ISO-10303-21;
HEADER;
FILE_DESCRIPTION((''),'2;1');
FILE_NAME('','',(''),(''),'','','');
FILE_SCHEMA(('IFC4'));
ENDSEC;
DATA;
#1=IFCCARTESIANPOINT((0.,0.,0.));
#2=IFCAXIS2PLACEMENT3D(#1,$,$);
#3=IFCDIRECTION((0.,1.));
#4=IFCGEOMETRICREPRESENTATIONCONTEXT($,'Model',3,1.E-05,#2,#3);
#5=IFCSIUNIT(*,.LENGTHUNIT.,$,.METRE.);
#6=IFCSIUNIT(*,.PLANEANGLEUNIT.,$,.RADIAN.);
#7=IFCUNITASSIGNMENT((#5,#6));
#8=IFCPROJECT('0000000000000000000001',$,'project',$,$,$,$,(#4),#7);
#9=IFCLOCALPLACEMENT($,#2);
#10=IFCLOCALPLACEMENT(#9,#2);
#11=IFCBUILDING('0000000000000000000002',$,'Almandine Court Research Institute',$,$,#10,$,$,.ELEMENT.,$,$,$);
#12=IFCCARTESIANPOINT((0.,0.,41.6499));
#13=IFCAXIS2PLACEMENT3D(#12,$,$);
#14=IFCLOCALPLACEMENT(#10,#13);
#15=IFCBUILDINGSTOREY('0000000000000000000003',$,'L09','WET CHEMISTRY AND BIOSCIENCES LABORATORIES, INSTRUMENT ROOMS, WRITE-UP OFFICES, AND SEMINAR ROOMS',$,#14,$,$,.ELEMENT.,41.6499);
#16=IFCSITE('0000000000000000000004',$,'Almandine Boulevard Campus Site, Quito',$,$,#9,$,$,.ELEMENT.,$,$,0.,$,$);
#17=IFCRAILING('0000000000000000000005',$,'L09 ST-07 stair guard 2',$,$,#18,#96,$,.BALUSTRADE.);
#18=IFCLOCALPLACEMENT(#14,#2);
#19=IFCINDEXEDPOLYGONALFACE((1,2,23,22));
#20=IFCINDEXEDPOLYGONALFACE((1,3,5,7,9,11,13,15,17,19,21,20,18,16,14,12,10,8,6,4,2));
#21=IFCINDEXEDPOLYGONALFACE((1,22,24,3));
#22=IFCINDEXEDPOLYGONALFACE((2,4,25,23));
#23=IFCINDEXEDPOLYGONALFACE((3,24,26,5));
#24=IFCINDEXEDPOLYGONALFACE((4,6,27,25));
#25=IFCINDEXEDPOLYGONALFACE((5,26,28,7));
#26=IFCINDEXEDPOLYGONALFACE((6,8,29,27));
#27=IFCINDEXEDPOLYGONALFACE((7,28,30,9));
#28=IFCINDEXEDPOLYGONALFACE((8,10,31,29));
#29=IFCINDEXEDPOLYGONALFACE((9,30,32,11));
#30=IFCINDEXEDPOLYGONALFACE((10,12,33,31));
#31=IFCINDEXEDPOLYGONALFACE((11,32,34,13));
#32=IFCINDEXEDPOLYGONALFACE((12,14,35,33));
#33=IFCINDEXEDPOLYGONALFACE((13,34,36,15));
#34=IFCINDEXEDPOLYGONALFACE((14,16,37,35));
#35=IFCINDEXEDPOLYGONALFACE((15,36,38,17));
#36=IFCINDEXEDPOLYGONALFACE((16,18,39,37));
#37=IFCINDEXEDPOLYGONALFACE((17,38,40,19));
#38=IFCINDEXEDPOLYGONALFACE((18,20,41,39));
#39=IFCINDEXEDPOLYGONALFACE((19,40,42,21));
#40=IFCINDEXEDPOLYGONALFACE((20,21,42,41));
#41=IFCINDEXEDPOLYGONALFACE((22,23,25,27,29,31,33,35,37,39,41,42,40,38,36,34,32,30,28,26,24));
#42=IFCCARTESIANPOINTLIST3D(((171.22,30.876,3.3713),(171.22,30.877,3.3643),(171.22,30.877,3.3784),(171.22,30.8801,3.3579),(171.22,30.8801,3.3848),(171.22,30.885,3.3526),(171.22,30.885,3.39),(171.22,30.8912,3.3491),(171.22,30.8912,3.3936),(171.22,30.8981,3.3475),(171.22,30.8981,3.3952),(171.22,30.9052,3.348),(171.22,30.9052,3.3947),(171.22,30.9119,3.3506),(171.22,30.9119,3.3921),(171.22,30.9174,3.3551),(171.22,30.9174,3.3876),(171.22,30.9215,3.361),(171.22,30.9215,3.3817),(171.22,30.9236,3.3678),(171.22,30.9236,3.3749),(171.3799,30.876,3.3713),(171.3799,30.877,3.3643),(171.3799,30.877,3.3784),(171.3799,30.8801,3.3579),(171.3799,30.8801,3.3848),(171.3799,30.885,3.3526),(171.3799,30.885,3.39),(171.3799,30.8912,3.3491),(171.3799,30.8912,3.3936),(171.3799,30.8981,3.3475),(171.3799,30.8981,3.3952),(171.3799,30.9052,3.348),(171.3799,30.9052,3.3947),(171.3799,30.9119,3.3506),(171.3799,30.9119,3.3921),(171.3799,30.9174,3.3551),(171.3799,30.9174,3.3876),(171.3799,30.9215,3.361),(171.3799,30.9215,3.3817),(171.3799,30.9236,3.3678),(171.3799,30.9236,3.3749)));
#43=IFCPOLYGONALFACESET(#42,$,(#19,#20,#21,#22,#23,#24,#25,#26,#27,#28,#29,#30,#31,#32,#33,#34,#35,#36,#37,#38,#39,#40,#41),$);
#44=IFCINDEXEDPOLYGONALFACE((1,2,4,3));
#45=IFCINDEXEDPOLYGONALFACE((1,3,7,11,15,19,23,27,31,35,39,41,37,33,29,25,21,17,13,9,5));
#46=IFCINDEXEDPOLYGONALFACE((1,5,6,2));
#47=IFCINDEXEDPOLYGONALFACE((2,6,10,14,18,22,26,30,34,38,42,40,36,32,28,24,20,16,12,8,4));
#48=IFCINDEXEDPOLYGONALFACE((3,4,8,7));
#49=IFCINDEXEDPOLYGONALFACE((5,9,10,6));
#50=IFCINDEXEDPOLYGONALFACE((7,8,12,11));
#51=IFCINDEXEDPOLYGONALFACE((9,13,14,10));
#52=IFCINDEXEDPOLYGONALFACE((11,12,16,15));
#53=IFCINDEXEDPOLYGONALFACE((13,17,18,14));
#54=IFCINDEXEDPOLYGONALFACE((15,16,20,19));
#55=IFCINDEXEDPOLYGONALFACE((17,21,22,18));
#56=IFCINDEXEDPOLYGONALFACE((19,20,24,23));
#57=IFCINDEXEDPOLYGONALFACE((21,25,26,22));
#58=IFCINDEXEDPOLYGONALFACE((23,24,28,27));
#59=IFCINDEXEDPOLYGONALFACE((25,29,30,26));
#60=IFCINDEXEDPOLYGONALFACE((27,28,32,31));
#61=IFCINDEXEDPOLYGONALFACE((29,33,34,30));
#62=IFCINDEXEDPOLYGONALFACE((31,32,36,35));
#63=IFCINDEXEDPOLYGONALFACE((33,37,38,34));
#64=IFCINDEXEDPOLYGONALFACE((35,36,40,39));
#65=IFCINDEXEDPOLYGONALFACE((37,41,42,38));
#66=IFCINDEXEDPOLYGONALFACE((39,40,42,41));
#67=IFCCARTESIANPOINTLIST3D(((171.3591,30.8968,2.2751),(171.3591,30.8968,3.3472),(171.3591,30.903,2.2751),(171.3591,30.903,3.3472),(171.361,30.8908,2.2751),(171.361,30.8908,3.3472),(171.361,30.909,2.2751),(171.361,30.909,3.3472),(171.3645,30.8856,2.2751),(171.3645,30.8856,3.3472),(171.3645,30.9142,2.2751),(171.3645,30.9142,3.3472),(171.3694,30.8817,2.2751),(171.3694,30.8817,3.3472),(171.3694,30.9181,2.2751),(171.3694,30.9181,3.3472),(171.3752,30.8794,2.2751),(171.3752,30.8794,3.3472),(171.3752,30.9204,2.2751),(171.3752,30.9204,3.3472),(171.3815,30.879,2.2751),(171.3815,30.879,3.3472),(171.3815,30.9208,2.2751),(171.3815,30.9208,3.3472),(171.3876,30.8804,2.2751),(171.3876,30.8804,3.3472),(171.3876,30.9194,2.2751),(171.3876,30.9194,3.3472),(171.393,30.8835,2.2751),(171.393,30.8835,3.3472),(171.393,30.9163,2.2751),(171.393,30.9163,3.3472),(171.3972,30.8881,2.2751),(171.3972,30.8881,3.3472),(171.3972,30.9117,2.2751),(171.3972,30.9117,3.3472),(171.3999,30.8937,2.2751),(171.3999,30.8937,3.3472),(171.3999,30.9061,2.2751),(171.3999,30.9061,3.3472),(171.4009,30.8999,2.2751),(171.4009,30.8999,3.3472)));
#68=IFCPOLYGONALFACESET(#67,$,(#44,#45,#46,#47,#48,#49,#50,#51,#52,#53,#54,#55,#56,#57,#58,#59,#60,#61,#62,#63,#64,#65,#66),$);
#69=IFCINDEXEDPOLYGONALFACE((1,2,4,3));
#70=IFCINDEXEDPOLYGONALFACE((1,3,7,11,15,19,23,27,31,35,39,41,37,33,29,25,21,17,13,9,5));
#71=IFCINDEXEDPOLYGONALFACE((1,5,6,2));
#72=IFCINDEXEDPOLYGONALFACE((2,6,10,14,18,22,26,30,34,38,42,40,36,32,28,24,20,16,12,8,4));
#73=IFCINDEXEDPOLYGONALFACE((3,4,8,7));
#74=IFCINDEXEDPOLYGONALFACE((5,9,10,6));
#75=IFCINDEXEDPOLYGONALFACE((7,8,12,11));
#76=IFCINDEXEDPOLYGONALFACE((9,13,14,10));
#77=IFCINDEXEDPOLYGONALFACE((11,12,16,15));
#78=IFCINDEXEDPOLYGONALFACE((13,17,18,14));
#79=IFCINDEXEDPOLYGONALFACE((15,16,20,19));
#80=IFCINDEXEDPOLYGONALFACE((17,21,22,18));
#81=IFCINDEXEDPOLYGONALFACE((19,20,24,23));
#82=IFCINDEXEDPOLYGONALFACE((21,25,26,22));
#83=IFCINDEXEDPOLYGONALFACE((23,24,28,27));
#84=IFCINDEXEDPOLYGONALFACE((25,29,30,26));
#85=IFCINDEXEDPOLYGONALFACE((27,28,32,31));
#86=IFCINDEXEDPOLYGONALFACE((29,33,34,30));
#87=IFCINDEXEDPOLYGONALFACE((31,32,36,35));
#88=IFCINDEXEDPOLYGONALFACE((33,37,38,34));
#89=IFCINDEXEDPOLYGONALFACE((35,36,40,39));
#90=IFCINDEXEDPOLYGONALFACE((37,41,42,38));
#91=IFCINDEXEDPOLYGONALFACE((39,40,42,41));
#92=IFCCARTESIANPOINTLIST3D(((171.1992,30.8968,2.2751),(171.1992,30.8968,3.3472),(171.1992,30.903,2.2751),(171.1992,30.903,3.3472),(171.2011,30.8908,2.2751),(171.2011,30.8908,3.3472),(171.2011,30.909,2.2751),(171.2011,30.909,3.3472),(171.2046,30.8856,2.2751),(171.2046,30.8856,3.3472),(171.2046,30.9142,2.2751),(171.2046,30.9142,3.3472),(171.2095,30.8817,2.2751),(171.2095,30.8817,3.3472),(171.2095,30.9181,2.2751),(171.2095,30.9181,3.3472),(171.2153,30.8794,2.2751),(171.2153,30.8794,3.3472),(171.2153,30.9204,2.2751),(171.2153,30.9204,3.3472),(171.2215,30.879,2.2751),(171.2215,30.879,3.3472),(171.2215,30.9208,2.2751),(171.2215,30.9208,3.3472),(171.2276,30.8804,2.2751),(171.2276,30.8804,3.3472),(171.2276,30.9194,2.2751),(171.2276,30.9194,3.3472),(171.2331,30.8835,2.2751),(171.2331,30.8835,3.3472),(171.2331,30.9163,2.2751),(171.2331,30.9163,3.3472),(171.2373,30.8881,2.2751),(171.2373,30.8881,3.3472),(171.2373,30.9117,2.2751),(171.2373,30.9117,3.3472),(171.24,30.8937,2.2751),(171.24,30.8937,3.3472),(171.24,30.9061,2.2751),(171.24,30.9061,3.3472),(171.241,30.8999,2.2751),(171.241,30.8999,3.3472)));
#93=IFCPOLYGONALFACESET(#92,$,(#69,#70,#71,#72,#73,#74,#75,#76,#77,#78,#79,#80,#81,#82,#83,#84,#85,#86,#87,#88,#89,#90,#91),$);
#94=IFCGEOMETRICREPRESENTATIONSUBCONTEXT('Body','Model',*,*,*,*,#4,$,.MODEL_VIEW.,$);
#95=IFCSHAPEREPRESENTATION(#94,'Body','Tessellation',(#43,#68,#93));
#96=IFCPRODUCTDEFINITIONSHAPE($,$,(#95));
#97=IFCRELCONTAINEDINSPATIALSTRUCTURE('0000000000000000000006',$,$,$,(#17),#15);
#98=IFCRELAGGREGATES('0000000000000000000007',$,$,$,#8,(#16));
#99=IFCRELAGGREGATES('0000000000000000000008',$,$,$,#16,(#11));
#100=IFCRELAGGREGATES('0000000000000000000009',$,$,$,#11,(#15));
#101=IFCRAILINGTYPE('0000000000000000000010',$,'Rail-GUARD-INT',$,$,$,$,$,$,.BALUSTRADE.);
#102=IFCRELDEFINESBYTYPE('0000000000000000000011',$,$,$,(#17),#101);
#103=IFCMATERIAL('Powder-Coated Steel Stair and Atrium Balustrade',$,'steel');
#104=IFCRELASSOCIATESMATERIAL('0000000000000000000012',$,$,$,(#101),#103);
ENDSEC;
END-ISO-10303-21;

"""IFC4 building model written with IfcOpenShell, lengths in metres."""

from ifc_helpers import new_model, si_unit, direction, frame, origin, origin_2d, place, context, subcontext, project, spatial, circle, extrude, material, type_object, element, save


model = new_model("IFC4")

# Units and contexts
model_context = context("Model", 3, precision=1e-05, world=origin(), true_north=direction((0.0, 1.0)))
body_context = subcontext(model_context, "Body", "Model", "MODEL_VIEW")
ifc_project = project(units=[si_unit("LENGTHUNIT", "METRE"), si_unit("PLANEANGLEUNIT", "RADIAN")], contexts=[model_context])

# Site, building, storey
site_placement = place(None, origin())
site = spatial("IfcSite", under=ifc_project, at=site_placement, Name="Almandine Boulevard Campus Site, Quito", CompositionType="ELEMENT", RefElevation=0.0)
building_placement = place(site_placement, origin())
building = spatial("IfcBuilding", under=site, at=building_placement, Name="Almandine Court Research Institute", CompositionType="ELEMENT")
storey_placement = place(building_placement, frame((0.0, 0.0, 41.6499)))
storey = spatial("IfcBuildingStorey", under=building, at=storey_placement, Name="L09", Description="WET CHEMISTRY AND BIOSCIENCES LABORATORIES, INSTRUMENT ROOMS, WRITE-UP OFFICES, AND SEMINAR ROOMS", CompositionType="ELEMENT", Elevation=41.6499)

# Railing
ifc_material_1 = material(Name="Powder-Coated Steel Stair and Atrium Balustrade", Category="steel")
railing_type_1 = type_object("IfcRailingType", Name="Rail-GUARD-INT", PredefinedType="BALUSTRADE", material=ifc_material_1)
railing_1_placement = place(storey_placement, frame((171.3799, 30.8999, 2.2751)))
element("IfcRailing", 1, at=railing_1_placement, inside=storey, type_object=railing_type_1, Name="L09 ST-07 stair guard 2", PredefinedType="BALUSTRADE", context=body_context, shape_type="SweptSolid", body=[
    extrude(circle(Radius=0.0239, at=origin_2d()), frame((0.0, 0.0, 1.0962), z_axis=(-1.0, 0.0, 0.0), x_axis=(0.0, -1.0, 0.0)), (0.0, 0.0, 1.0), 0.1599),
    extrude(circle(Radius=0.021, at=origin_2d()), origin(), (0.0, 0.0, 1.0), 1.072),
    extrude(circle(Radius=0.021, at=origin_2d()), frame((-0.1599, 0.0, 0.0)), (0.0, 0.0, 1.0), 1.072),
])

save(model, "model.ifc")
